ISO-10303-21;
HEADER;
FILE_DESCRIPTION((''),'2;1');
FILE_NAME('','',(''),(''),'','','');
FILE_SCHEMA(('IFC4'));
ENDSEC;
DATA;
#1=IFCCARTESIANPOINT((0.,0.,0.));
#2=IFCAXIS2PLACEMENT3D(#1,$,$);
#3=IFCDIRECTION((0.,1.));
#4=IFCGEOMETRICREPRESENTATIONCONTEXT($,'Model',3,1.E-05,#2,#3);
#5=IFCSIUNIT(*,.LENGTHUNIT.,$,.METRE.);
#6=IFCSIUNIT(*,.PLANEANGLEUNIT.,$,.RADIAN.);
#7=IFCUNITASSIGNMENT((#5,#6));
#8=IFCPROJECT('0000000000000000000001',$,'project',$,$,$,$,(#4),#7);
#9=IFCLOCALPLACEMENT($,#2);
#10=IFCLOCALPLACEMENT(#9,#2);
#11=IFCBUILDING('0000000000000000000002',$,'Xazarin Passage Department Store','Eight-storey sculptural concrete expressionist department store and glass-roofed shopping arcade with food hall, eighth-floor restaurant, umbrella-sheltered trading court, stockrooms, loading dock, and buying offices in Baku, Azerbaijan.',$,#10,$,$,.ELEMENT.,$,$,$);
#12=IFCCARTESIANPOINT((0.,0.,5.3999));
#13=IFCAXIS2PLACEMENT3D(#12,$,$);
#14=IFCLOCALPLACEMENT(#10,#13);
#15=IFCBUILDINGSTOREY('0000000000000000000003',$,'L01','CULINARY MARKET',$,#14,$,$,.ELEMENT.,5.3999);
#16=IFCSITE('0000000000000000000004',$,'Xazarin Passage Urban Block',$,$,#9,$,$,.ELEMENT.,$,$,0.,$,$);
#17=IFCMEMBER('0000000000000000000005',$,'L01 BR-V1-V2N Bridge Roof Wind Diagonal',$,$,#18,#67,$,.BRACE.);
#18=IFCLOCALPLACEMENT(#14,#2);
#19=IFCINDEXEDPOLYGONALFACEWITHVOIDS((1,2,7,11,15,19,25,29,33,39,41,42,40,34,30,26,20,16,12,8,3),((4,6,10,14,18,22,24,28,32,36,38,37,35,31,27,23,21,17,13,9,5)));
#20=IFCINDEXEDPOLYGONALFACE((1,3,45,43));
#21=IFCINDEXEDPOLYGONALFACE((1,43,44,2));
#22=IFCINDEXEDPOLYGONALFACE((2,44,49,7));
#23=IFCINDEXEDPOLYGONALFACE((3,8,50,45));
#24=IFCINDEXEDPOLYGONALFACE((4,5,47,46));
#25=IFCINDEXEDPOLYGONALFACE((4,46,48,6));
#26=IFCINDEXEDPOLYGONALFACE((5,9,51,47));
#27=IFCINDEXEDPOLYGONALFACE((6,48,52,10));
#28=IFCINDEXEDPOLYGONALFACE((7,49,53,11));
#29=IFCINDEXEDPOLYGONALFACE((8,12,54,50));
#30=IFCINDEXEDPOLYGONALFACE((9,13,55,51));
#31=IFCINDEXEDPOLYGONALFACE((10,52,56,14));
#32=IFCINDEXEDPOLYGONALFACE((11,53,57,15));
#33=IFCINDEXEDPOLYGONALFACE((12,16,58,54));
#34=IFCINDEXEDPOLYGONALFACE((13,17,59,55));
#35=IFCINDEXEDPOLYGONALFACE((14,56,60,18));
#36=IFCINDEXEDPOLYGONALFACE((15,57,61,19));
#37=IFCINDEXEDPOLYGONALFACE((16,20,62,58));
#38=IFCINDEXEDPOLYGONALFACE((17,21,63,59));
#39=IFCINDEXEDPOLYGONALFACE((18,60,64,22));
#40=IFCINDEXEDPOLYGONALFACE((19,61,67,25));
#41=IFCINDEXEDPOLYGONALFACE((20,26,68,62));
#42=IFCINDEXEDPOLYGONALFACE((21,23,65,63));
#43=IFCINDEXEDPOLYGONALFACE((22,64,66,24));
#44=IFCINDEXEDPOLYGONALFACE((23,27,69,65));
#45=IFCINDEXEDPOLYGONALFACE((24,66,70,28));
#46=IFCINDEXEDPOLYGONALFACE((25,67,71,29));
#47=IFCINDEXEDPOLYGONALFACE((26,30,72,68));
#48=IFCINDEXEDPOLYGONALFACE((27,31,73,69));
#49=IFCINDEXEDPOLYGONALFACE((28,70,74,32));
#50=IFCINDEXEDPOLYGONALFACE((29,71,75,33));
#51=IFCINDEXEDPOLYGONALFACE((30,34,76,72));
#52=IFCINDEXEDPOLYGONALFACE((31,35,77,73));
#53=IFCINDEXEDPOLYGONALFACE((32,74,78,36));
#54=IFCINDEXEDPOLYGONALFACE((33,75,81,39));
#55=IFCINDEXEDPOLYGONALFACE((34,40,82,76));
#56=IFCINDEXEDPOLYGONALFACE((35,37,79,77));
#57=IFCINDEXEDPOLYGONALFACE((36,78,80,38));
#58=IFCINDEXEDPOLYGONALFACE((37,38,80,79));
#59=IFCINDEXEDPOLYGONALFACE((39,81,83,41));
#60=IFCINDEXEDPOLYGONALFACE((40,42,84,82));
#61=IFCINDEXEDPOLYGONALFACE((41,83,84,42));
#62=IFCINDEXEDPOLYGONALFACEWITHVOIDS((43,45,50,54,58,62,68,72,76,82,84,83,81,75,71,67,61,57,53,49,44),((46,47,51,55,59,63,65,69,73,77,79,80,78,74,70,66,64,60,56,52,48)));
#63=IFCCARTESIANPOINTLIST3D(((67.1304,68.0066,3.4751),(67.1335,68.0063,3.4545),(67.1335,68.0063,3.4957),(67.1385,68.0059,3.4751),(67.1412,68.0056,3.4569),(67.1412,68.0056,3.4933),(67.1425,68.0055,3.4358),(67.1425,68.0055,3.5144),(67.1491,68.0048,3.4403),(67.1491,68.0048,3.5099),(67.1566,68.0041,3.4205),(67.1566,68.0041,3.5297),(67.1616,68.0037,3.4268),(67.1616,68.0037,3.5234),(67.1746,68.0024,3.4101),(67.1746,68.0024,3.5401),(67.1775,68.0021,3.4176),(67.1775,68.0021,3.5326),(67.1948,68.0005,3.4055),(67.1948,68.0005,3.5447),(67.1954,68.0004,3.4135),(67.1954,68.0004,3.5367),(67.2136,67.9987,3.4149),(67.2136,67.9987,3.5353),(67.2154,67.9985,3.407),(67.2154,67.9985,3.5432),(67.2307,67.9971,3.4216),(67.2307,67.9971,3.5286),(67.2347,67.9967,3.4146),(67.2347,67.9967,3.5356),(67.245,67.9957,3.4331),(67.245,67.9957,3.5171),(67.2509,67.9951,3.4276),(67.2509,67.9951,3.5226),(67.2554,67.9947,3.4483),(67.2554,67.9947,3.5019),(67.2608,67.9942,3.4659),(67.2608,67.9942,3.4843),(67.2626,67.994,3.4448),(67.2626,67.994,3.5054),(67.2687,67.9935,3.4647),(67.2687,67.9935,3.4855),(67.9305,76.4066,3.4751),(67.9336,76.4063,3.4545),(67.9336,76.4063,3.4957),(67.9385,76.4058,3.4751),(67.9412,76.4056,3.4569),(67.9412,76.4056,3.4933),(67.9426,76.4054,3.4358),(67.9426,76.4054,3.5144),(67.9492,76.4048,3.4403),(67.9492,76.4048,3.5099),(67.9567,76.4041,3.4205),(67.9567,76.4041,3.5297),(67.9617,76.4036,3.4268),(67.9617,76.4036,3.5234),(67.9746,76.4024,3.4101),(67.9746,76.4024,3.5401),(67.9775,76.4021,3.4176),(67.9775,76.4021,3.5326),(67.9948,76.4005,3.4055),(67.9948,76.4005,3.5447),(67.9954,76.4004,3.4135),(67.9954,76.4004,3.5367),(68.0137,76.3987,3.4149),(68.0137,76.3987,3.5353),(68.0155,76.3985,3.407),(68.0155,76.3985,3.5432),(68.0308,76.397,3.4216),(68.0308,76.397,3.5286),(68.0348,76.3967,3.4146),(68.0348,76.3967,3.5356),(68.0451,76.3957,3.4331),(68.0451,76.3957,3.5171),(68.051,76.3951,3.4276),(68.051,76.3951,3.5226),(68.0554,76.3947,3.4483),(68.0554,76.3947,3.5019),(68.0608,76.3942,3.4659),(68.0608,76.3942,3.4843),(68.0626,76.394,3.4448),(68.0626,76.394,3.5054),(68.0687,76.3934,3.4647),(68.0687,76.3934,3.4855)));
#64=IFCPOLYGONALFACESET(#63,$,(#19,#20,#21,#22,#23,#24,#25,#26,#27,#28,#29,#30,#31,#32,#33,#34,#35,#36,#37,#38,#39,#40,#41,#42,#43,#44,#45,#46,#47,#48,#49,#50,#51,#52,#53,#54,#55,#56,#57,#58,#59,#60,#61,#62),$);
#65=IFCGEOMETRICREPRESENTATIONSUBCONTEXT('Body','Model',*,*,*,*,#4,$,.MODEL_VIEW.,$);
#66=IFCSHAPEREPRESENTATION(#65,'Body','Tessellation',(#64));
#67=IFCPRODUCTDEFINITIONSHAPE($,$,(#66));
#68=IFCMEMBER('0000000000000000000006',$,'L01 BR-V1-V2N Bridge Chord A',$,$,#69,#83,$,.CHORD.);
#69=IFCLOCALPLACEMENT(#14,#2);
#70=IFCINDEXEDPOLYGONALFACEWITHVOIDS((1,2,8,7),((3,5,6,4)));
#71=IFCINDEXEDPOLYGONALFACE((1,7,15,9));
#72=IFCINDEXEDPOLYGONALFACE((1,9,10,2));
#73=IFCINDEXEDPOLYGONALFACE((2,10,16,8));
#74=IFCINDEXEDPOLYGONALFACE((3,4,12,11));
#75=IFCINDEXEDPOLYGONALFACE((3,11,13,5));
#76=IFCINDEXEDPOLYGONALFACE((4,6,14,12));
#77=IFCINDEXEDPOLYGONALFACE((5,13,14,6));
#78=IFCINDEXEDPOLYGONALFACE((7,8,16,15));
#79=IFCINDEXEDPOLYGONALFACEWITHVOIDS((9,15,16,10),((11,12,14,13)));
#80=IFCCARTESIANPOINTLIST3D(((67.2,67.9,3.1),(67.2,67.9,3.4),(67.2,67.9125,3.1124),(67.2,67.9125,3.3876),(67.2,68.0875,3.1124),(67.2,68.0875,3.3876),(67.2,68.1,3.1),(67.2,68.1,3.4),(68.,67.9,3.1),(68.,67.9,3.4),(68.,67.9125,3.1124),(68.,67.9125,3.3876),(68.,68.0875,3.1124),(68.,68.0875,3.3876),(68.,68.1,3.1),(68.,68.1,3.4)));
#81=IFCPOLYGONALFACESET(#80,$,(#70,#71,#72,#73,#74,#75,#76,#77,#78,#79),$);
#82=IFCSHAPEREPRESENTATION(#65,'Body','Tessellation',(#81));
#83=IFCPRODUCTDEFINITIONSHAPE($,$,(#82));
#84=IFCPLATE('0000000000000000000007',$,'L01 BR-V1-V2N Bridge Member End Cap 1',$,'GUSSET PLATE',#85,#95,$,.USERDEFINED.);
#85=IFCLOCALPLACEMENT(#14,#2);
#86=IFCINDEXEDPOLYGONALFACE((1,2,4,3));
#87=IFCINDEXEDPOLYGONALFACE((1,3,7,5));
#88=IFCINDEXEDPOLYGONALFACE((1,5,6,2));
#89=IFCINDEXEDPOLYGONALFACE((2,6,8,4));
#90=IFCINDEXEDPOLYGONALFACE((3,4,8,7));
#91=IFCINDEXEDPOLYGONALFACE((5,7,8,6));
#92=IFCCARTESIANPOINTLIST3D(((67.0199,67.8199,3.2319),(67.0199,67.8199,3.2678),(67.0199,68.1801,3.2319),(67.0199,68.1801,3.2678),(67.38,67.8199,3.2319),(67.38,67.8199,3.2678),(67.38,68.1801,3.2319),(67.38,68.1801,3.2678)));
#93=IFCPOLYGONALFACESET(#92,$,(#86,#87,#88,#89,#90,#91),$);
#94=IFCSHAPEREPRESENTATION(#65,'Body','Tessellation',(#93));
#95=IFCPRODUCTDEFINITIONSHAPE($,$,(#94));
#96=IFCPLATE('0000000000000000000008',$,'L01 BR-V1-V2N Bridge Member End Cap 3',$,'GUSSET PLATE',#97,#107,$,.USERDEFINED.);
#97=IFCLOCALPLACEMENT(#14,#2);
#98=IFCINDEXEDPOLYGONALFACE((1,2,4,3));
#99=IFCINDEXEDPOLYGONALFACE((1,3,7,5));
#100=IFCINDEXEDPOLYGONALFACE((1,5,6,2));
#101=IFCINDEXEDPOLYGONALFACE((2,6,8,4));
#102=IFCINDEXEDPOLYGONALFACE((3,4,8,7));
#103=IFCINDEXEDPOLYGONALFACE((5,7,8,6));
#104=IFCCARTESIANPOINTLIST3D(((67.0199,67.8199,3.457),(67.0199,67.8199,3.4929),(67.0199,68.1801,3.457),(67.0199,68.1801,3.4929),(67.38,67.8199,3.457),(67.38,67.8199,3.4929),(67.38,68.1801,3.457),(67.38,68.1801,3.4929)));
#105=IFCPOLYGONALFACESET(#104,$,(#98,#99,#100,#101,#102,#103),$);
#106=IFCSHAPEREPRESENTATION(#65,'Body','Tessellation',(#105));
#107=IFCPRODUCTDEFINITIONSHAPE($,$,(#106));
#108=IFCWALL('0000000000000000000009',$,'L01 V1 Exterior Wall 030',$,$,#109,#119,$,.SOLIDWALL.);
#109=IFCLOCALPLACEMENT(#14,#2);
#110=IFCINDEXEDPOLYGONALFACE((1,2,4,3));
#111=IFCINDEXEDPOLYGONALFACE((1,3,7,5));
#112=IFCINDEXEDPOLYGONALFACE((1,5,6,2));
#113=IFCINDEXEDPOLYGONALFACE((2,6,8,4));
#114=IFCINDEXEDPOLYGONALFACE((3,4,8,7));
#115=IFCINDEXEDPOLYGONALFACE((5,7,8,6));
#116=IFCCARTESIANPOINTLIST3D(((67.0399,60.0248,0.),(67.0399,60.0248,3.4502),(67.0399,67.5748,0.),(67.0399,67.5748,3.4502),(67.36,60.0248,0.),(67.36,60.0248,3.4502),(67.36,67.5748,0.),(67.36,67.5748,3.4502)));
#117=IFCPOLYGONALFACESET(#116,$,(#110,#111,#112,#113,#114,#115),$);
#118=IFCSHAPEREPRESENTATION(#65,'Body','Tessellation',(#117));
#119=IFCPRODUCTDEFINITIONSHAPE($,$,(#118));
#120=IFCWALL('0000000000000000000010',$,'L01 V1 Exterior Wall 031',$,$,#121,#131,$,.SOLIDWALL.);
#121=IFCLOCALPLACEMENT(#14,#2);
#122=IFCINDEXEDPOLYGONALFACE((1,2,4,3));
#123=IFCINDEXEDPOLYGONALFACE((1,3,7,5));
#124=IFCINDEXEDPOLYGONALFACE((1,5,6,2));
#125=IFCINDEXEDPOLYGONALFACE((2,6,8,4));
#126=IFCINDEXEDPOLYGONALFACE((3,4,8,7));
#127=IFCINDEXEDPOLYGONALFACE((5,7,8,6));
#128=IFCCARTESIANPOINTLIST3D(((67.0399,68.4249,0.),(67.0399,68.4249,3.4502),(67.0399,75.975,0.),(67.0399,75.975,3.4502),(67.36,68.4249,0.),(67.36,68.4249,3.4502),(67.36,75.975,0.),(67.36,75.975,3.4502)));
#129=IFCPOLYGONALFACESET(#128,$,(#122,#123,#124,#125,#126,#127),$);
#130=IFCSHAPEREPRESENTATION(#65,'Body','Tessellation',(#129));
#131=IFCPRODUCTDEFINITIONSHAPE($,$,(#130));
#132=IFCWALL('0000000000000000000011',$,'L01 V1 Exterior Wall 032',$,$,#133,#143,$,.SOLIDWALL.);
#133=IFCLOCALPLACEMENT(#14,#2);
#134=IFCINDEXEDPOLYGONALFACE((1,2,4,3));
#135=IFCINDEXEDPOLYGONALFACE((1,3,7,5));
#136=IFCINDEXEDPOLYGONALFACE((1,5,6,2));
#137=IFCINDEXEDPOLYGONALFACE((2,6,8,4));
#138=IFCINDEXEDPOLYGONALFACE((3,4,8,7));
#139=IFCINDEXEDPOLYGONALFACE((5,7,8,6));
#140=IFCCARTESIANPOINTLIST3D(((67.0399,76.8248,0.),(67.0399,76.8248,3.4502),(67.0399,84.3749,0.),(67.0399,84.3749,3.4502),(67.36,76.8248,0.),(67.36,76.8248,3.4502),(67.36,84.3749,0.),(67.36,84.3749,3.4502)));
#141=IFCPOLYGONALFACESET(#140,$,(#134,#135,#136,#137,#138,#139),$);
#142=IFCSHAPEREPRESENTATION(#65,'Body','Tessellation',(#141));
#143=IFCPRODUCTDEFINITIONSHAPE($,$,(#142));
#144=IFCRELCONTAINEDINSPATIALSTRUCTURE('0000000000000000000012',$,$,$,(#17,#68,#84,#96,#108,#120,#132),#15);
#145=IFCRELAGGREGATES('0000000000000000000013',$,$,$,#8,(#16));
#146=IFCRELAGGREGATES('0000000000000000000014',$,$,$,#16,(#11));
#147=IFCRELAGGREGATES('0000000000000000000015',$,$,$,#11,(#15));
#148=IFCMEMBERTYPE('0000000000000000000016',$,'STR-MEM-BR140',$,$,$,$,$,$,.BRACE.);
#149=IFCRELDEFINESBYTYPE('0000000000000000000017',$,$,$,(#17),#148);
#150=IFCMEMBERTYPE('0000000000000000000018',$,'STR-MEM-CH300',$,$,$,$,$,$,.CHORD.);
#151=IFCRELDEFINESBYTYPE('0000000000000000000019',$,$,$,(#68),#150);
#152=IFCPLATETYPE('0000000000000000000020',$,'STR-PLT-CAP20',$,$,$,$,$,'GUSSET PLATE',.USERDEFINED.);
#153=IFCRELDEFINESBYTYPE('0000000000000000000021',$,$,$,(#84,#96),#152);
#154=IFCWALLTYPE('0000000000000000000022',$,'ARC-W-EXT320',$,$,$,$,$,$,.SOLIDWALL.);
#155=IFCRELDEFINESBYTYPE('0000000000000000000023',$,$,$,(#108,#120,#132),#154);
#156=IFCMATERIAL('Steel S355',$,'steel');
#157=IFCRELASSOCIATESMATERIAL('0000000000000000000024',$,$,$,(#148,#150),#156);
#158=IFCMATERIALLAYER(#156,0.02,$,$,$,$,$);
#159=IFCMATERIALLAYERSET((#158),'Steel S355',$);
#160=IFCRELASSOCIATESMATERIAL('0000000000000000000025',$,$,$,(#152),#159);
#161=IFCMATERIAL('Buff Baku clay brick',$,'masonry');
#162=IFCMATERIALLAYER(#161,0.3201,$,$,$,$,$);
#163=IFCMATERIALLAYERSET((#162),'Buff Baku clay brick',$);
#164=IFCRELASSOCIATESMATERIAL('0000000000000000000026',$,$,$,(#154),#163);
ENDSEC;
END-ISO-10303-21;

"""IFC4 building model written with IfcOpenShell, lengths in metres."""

from ifc_helpers import new_model, si_unit, direction, frame, frame_2d, origin, origin_2d, place, context, subcontext, project, spatial, rectangle, hollow_rectangle, hollow_circle, extrude, material, layer, layer_set, material_profile, profile_set, type_object, element, save


model = new_model("IFC4")

# Units and contexts
model_context = context("Model", 3, precision=1e-05, world=origin(), true_north=direction((0.0, 1.0)))
body_context = subcontext(model_context, "Body", "Model", "MODEL_VIEW")
ifc_project = project(units=[si_unit("LENGTHUNIT", "METRE"), si_unit("PLANEANGLEUNIT", "RADIAN")], contexts=[model_context])

# Site, building, storey
site_placement = place(None, origin())
site = spatial("IfcSite", under=ifc_project, at=site_placement, Name="Xazarin Passage Urban Block", CompositionType="ELEMENT", RefElevation=0.0)
building_placement = place(site_placement, origin())
building = spatial("IfcBuilding", under=site, at=building_placement, Name="Xazarin Passage Department Store", Description="Eight-storey sculptural concrete expressionist department store and glass-roofed shopping arcade with food hall, eighth-floor restaurant, umbrella-sheltered trading court, stockrooms, loading dock, and buying offices in Baku, Azerbaijan.", CompositionType="ELEMENT")
storey_placement = place(building_placement, frame((0.0, 0.0, 5.3999)))
storey = spatial("IfcBuildingStorey", under=building, at=storey_placement, Name="L01", Description="CULINARY MARKET", CompositionType="ELEMENT", Elevation=5.3999)

# Shared definitions
ifc_material_1 = material(Name="Steel S355", Category="steel")

# Members
ifc_material_profile_1 = material_profile(ifc_material_1, hollow_circle(Radius=0.0698, WallThickness=0.0081, at=origin_2d()), Name="CHS 139.7x8")
ifc_profile_set_1 = profile_set([ifc_material_profile_1], Name="Steel S355")
member_type_1 = type_object("IfcMemberType", Name="STR-MEM-BR140", PredefinedType="BRACE", material=ifc_profile_set_1)
member_1_placement = place(storey_placement, frame((67.2, 68.0, 3.4751), z_axis=(0.094816, 0.995495, 0.0), x_axis=(-0.995495, 0.094816, 0.0)))
element("IfcMember", 1, at=member_1_placement, inside=storey, type_object=member_type_1, Name="L01 BR-V1-V2N Bridge Roof Wind Diagonal", PredefinedType="BRACE", context=body_context, shape_type="SweptSolid", body=[
    extrude(hollow_circle(Radius=0.0698, WallThickness=0.0081, at=origin_2d()), origin(), (0.0, 0.0, 1.0), 8.438),
])
ifc_material_profile_2 = material_profile(ifc_material_1, hollow_rectangle(XDim=0.2, YDim=0.3, WallThickness=0.0125, at=origin_2d()), Name="RHS 300x200x12.5")
ifc_profile_set_2 = profile_set([ifc_material_profile_2], Name="Steel S355")
member_type_2 = type_object("IfcMemberType", Name="STR-MEM-CH300", PredefinedType="CHORD", material=ifc_profile_set_2)
member_2_placement = place(storey_placement, frame((67.2, 68.0, 3.25), z_axis=(1.0, 0.0, 0.0), x_axis=(0.0, 1.0, 0.0)))
element("IfcMember", 2, at=member_2_placement, inside=storey, type_object=member_type_2, Name="L01 BR-V1-V2N Bridge Chord A", PredefinedType="CHORD", context=body_context, shape_type="SweptSolid", body=[
    extrude(hollow_rectangle(XDim=0.2, YDim=0.3, WallThickness=0.0125, at=origin_2d()), origin(), (0.0, 0.0, 1.0), 0.8),
])

# Plates
ifc_layer_1 = layer(ifc_material_1, 0.02)
ifc_layer_set_1 = layer_set([ifc_layer_1], Name="Steel S355")
plate_type = type_object("IfcPlateType", Name="STR-PLT-CAP20", ElementType="GUSSET PLATE", PredefinedType="USERDEFINED", material=ifc_layer_set_1)
for number, where, z_axis, x_axis, name in (
    (3, (67.2, 68.0, 3.2319), (0.0, 0.0, 1.0), (1.0, 0.0, 0.0), "L01 BR-V1-V2N Bridge Member End Cap 1"),
    (4, (67.2, 68.0, 3.457), (0.0, 0.0, 1.0), (1.0, 0.0, 0.0), "L01 BR-V1-V2N Bridge Member End Cap 3"),
):
    element("IfcPlate", number, at=place(storey_placement, frame(where, z_axis=z_axis, x_axis=x_axis)), inside=storey, type_object=plate_type, Name=name, ObjectType="GUSSET PLATE", PredefinedType="USERDEFINED", context=body_context, shape_type="SweptSolid", body=[
        extrude(rectangle(XDim=0.3601, YDim=0.3601, at=origin_2d()), origin(), (0.0, 0.0, 1.0), 0.0359),
    ])

# Walls
ifc_material_2 = material(Name="Buff Baku clay brick", Category="masonry")
ifc_layer_2 = layer(ifc_material_2, 0.3201)
ifc_layer_set_2 = layer_set([ifc_layer_2], Name="Buff Baku clay brick")
wall_type = type_object("IfcWallType", Name="ARC-W-EXT320", PredefinedType="SOLIDWALL", material=ifc_layer_set_2)
for number, where, z_axis, x_axis, name in (
    (5, (67.2, 60.0249, 0.0), (0.0, 0.0, 1.0), (0.0, 1.0, 0.0), "L01 V1 Exterior Wall 030"),
    (6, (67.2, 68.425, 0.0), (0.0, 0.0, 1.0), (0.0, 1.0, 0.0), "L01 V1 Exterior Wall 031"),
    (7, (67.2, 76.825, 0.0), (0.0, 0.0, 1.0), (0.0, 1.0, 0.0), "L01 V1 Exterior Wall 032"),
):
    element("IfcWall", number, at=place(storey_placement, frame(where, z_axis=z_axis, x_axis=x_axis)), inside=storey, type_object=wall_type, Name=name, PredefinedType="SOLIDWALL", context=body_context, shape_type="SweptSolid", body=[
        extrude(rectangle(XDim=7.55, YDim=0.3201, at=frame_2d((3.7749, 0.0))), origin(), (0.0, 0.0, 1.0), 3.4502),
    ])

save(model, "model.ifc")
